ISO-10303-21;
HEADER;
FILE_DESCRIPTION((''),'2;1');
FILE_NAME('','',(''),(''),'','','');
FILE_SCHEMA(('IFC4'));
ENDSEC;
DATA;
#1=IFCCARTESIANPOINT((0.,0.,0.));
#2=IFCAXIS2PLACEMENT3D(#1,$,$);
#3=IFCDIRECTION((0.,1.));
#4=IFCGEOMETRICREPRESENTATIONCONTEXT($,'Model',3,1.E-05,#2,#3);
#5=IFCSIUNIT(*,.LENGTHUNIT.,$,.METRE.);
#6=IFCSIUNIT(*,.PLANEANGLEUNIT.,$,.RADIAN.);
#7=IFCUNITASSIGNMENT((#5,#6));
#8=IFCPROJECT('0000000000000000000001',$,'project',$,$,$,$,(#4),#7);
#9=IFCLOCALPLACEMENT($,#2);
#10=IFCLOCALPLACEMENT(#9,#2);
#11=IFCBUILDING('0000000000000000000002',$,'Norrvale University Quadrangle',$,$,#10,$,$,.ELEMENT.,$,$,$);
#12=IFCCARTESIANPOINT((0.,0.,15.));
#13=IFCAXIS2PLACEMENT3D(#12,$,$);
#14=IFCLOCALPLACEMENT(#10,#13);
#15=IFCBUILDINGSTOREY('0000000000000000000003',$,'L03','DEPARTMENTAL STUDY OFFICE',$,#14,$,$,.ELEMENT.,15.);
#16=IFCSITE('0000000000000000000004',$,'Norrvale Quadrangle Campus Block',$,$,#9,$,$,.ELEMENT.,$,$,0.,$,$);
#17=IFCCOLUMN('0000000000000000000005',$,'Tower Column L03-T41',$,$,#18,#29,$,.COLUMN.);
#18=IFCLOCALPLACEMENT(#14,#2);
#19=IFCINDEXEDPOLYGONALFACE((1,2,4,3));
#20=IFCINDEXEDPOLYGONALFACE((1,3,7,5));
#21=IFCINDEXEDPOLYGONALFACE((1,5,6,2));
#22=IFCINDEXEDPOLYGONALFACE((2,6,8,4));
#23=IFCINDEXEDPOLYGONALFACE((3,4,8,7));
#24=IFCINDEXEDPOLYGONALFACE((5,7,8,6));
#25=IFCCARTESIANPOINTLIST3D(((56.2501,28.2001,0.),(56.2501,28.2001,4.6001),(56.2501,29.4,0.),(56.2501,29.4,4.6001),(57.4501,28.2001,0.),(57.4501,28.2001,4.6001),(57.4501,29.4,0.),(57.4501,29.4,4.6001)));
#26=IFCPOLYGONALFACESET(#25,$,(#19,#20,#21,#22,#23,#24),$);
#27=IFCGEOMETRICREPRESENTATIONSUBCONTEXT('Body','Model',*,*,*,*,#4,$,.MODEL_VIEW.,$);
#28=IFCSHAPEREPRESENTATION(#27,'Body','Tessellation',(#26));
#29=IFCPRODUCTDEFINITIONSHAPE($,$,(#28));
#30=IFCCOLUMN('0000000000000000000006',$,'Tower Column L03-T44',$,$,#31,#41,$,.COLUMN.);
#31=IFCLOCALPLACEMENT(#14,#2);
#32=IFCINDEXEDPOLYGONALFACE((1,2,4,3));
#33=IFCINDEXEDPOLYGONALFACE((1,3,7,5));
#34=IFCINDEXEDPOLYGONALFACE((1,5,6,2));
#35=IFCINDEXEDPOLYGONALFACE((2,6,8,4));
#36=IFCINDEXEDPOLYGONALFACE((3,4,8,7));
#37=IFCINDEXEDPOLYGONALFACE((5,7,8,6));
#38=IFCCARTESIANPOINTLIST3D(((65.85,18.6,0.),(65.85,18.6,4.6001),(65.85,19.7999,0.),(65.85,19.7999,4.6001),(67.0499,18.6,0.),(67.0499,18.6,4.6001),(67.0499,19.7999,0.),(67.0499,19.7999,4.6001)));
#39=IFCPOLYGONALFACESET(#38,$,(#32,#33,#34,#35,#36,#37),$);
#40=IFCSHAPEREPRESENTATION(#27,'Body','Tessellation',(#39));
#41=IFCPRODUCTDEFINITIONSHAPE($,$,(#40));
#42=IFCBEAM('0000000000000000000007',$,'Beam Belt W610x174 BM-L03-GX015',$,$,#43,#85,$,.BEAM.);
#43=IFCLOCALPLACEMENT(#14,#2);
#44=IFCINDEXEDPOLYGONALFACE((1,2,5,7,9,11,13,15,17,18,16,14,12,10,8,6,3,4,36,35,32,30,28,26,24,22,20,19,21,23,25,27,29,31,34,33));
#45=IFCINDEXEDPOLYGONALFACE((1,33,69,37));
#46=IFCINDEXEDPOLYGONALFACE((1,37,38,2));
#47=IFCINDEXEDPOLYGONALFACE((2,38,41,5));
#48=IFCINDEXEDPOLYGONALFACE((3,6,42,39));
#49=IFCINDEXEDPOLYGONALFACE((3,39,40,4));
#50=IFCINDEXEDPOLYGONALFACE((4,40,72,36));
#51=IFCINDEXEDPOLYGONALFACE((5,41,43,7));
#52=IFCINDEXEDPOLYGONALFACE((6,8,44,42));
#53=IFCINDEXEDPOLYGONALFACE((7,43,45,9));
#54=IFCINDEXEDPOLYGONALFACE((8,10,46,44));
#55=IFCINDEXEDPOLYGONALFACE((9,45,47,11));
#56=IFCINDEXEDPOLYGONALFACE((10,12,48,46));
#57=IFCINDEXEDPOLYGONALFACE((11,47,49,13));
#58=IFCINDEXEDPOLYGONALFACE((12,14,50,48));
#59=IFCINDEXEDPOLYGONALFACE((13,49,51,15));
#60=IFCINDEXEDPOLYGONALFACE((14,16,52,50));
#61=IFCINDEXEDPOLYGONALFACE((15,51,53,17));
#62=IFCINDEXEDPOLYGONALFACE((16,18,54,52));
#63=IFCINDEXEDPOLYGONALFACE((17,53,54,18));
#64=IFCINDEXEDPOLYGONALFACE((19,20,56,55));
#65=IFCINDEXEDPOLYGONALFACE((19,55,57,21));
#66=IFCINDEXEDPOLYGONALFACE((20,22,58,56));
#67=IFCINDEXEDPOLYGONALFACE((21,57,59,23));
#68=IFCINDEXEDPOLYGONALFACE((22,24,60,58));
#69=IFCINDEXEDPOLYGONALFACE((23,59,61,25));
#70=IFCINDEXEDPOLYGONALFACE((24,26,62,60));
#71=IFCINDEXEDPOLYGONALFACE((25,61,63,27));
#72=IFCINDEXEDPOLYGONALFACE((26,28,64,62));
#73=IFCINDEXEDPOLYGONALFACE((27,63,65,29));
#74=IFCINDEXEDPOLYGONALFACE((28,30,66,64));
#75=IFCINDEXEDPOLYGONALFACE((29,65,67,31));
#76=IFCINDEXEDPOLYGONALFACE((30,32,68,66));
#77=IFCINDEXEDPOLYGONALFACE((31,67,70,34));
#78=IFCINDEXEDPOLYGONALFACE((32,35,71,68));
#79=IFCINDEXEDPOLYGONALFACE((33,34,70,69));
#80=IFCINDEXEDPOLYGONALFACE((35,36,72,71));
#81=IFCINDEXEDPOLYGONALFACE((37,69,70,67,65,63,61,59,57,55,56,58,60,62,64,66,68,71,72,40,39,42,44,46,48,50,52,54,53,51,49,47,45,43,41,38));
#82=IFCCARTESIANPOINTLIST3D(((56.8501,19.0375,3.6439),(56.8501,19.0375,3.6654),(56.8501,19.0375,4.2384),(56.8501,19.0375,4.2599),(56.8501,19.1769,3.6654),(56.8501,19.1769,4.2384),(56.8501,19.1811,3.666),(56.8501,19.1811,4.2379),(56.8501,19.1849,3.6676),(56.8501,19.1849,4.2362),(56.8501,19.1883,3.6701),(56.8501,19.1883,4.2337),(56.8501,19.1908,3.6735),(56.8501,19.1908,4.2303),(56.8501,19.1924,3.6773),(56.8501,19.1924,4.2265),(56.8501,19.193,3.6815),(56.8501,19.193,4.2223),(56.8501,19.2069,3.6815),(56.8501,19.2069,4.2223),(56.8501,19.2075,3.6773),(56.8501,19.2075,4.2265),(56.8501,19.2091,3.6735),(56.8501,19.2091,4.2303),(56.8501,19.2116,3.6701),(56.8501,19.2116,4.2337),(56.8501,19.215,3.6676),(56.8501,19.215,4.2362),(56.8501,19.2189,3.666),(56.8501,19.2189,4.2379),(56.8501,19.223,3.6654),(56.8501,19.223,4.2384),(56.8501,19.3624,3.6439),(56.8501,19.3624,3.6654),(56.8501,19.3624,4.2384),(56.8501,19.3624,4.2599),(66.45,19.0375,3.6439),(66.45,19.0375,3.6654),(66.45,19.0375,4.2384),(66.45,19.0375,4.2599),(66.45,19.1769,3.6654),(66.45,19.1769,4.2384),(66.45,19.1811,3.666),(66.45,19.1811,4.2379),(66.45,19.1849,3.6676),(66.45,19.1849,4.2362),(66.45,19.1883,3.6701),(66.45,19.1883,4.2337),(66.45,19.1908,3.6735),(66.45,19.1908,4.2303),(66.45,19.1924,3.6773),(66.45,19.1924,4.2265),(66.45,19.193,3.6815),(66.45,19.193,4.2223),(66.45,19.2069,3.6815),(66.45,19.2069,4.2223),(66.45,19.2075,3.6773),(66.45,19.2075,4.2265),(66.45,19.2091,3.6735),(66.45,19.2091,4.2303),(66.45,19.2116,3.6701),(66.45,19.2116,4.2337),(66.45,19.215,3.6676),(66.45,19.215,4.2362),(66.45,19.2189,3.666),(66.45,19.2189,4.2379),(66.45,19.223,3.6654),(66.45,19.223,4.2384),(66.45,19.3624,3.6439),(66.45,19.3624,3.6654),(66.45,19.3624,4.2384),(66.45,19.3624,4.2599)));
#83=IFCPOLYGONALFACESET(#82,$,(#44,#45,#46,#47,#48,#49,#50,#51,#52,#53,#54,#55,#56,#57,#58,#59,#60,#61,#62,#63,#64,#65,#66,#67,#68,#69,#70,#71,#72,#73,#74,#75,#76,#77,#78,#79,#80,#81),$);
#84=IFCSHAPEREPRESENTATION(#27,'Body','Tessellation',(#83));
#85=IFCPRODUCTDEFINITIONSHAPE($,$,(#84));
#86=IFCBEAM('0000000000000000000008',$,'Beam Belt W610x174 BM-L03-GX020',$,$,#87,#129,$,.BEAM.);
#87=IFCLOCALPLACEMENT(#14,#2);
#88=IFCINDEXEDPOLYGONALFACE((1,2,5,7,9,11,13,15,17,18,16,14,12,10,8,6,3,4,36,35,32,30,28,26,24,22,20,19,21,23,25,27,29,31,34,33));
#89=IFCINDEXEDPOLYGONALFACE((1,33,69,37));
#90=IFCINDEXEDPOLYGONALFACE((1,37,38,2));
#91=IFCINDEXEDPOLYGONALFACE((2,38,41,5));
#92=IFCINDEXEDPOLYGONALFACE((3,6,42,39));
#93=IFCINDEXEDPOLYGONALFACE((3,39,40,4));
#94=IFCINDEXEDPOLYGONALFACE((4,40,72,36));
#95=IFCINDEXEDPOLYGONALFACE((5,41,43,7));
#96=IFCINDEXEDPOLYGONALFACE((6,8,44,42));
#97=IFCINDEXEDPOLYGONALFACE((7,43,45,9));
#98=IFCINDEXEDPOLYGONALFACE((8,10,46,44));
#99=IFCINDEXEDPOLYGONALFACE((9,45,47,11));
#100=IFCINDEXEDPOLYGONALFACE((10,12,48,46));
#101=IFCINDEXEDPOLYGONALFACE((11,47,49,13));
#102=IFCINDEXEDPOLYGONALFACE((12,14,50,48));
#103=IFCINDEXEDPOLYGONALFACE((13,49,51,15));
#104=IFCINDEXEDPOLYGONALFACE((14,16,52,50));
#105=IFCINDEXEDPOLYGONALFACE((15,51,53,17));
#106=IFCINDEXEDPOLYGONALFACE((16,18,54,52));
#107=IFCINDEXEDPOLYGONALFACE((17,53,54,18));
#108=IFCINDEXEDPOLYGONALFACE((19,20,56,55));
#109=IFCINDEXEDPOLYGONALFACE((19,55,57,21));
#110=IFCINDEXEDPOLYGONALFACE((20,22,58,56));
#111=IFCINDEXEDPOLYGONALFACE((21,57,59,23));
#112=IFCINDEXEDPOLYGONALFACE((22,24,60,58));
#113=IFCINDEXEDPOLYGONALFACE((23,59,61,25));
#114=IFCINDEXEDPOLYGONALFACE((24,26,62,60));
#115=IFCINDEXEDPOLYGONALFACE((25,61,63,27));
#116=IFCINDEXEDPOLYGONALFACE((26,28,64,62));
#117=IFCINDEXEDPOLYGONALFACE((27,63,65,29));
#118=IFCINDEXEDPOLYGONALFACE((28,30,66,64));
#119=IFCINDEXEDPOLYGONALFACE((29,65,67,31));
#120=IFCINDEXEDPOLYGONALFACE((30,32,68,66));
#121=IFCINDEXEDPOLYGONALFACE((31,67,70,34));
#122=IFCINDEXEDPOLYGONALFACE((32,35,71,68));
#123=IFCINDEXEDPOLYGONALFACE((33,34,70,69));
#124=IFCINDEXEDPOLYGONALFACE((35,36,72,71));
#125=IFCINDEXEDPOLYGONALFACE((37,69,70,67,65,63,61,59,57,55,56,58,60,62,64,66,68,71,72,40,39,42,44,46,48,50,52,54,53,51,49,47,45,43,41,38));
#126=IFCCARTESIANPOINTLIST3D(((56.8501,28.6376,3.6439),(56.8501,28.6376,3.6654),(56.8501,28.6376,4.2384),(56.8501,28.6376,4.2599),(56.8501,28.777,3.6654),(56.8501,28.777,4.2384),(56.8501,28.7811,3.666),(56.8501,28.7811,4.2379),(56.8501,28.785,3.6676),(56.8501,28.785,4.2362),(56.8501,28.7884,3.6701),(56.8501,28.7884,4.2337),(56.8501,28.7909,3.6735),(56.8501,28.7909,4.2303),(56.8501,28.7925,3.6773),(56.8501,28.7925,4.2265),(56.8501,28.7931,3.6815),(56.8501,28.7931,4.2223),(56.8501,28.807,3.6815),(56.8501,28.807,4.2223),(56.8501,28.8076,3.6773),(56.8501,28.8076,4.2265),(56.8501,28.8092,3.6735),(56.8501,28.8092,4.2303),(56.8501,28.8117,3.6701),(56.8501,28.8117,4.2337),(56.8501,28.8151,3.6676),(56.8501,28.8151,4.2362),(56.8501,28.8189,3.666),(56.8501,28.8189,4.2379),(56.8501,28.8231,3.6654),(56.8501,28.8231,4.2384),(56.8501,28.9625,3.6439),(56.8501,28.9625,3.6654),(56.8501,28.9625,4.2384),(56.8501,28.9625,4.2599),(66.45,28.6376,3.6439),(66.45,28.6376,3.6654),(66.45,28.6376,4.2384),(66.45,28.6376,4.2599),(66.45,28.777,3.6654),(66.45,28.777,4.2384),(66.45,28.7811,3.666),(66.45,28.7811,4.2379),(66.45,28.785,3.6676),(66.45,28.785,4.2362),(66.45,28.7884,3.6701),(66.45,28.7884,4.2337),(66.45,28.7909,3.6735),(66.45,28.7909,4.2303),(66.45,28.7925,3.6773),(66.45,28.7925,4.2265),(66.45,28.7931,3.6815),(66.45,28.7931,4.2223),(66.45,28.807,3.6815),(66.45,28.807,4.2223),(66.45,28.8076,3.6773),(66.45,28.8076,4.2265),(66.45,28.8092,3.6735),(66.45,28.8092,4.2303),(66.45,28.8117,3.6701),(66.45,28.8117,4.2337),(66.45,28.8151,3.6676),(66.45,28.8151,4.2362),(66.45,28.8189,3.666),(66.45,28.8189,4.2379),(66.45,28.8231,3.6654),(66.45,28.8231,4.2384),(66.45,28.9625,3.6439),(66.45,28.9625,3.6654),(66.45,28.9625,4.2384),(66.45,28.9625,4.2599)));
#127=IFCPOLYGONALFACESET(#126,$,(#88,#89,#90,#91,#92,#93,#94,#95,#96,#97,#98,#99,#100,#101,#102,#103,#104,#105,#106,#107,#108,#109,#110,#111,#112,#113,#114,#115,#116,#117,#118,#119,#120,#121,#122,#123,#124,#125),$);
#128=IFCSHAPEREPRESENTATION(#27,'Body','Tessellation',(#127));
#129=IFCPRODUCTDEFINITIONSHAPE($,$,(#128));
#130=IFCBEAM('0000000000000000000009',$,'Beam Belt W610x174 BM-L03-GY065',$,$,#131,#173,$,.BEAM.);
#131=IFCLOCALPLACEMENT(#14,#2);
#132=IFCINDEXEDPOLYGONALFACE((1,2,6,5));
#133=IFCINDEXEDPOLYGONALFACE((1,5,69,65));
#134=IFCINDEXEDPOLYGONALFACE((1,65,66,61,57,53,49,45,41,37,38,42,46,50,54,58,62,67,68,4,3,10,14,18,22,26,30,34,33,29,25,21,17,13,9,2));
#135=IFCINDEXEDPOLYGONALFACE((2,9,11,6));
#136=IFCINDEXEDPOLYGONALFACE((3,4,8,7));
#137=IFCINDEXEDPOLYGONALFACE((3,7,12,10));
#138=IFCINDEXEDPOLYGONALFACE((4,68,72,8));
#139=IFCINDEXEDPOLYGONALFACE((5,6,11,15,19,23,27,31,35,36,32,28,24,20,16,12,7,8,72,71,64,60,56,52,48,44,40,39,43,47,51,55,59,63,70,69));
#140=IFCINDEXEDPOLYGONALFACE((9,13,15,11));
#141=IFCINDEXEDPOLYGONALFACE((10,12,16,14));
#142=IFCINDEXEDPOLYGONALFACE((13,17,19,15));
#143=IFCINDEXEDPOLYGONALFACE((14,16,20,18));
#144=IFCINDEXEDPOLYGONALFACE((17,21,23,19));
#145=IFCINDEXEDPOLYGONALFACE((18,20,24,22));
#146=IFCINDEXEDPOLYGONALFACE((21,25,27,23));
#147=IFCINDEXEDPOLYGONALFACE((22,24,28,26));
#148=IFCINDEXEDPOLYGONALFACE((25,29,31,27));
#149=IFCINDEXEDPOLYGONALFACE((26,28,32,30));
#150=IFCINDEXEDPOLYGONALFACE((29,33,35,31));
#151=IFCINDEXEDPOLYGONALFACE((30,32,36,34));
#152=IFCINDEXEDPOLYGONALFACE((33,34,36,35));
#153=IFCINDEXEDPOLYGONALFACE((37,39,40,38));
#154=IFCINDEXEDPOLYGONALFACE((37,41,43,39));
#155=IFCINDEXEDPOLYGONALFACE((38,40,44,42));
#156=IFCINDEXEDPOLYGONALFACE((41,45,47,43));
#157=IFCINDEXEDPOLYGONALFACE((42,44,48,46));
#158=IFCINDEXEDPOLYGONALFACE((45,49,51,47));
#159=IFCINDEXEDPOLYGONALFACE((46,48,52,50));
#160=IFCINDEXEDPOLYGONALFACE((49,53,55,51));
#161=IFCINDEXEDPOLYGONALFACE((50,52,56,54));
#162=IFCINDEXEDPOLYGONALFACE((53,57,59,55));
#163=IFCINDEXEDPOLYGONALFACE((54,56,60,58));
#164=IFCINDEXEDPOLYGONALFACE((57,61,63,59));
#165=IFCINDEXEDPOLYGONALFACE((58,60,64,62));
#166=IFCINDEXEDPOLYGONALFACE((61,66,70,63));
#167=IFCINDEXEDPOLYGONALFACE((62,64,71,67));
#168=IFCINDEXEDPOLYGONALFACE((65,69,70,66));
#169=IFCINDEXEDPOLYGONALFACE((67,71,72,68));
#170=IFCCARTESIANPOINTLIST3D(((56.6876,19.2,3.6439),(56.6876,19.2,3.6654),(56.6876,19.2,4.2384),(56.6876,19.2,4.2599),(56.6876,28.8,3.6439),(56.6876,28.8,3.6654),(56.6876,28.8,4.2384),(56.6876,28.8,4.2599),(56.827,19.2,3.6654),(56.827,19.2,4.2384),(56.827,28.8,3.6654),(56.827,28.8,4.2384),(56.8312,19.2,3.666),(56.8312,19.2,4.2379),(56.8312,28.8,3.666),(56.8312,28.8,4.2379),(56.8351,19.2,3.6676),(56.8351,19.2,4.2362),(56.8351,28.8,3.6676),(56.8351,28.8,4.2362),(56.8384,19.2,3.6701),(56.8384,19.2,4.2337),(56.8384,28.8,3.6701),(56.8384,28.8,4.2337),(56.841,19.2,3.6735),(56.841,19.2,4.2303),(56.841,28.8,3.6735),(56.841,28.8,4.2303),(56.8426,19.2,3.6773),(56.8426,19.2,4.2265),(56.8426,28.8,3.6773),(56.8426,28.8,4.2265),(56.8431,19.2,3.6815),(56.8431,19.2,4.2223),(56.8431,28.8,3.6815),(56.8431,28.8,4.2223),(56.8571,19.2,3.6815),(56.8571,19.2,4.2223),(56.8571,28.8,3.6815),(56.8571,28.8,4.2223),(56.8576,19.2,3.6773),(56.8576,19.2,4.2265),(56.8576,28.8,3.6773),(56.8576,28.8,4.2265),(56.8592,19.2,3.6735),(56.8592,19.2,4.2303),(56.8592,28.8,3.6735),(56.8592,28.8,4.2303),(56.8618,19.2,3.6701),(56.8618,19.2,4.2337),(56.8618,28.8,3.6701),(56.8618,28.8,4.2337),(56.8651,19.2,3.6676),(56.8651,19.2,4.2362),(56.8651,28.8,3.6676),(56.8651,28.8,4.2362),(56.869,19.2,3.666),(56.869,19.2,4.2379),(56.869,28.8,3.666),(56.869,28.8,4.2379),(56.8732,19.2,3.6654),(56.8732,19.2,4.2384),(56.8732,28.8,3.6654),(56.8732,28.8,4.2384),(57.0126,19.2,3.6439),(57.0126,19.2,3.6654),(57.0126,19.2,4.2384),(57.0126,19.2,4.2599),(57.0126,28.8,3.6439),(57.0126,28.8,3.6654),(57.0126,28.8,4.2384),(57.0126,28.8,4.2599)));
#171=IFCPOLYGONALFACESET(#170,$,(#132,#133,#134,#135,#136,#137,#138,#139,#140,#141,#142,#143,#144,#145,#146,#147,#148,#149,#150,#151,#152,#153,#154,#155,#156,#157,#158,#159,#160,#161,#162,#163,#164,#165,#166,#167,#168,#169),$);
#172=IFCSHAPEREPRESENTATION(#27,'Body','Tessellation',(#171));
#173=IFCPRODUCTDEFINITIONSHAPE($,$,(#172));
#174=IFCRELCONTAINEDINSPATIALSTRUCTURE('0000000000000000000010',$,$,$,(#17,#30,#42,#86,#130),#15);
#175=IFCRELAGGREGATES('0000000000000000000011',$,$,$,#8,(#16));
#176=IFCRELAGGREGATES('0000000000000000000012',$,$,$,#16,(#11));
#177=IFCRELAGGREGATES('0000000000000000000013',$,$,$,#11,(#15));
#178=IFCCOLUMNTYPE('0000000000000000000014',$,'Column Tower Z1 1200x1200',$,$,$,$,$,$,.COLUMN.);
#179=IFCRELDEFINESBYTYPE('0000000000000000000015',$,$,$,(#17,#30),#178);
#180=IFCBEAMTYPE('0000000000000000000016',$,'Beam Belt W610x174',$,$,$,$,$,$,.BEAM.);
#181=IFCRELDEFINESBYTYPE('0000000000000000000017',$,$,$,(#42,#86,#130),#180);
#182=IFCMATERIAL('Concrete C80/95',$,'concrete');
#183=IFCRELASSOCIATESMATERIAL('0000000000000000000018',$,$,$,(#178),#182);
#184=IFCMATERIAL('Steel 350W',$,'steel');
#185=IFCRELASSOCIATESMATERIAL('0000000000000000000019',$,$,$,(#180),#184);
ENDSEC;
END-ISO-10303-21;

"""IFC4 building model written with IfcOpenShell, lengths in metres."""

from ifc_helpers import new_model, si_unit, direction, frame, origin, origin_2d, place, context, subcontext, project, spatial, rectangle, i_section, extrude, material, material_profile, profile_set, type_object, element, save


model = new_model("IFC4")

# Units and contexts
model_context = context("Model", 3, precision=1e-05, world=origin(), true_north=direction((0.0, 1.0)))
body_context = subcontext(model_context, "Body", "Model", "MODEL_VIEW")
ifc_project = project(units=[si_unit("LENGTHUNIT", "METRE"), si_unit("PLANEANGLEUNIT", "RADIAN")], contexts=[model_context])

# Site, building, storey
site_placement = place(None, origin())
site = spatial("IfcSite", under=ifc_project, at=site_placement, Name="Norrvale Quadrangle Campus Block", CompositionType="ELEMENT", RefElevation=0.0)
building_placement = place(site_placement, origin())
building = spatial("IfcBuilding", under=site, at=building_placement, Name="Norrvale University Quadrangle", CompositionType="ELEMENT")
storey_placement = place(building_placement, frame((0.0, 0.0, 15.0)))
storey = spatial("IfcBuildingStorey", under=building, at=storey_placement, Name="L03", Description="DEPARTMENTAL STUDY OFFICE", CompositionType="ELEMENT", Elevation=15.0)

# Columns
ifc_material_1 = material(Name="Concrete C80/95", Category="concrete")
ifc_material_profile_1 = material_profile(ifc_material_1, rectangle(XDim=1.2, YDim=1.2, at=origin_2d()), Name="Concrete C80/95")
ifc_profile_set_1 = profile_set([ifc_material_profile_1], Name="Concrete C80/95")
column_type = type_object("IfcColumnType", Name="Column Tower Z1 1200x1200", PredefinedType="COLUMN", material=ifc_profile_set_1)
for number, where, z_axis, x_axis, name in (
    (1, (56.8501, 28.8, 0.0), (0.0, 0.0, 1.0), (1.0, 0.0, 0.0), "Tower Column L03-T41"),
    (2, (66.45, 19.2, 0.0), (0.0, 0.0, 1.0), (1.0, 0.0, 0.0), "Tower Column L03-T44"),
):
    element("IfcColumn", number, at=place(storey_placement, frame(where, z_axis=z_axis, x_axis=x_axis)), inside=storey, type_object=column_type, Name=name, PredefinedType="COLUMN", context=body_context, shape_type="SweptSolid", body=[
        extrude(rectangle(XDim=1.2, YDim=1.2, at=origin_2d()), origin(), (0.0, 0.0, 1.0), 4.6001),
    ])

# Beams
ifc_material_2 = material(Name="Steel 350W", Category="steel")
ifc_material_profile_2 = material_profile(ifc_material_2, i_section(OverallWidth=0.325, OverallDepth=0.616, WebThickness=0.0139, FlangeThickness=0.0215, FilletRadius=0.0161, at=origin_2d()), Name="Steel 350W")
ifc_profile_set_2 = profile_set([ifc_material_profile_2], Name="Steel 350W")
beam_type_1 = type_object("IfcBeamType", Name="Beam Belt W610x174", PredefinedType="BEAM", material=ifc_profile_set_2)
for number, where, z_axis, x_axis, name in (
    (3, (56.8501, 19.2, 3.9519), (1.0, 0.0, 0.0), (0.0, 1.0, 0.0), "Beam Belt W610x174 BM-L03-GX015"),
    (4, (56.8501, 28.8, 3.9519), (1.0, 0.0, 0.0), (0.0, 1.0, 0.0), "Beam Belt W610x174 BM-L03-GX020"),
):
    element("IfcBeam", number, at=place(storey_placement, frame(where, z_axis=z_axis, x_axis=x_axis)), inside=storey, type_object=beam_type_1, Name=name, PredefinedType="BEAM", context=body_context, shape_type="SweptSolid", body=[
        extrude(i_section(OverallWidth=0.325, OverallDepth=0.616, WebThickness=0.0139, FlangeThickness=0.0215, FilletRadius=0.0161, at=origin_2d()), origin(), (0.0, 0.0, 1.0), 9.5999),
    ])
beam_1_placement = place(storey_placement, frame((56.8501, 19.2, 3.9519), z_axis=(0.0, 1.0, 0.0), x_axis=(-1.0, 0.0, 0.0)))
element("IfcBeam", 5, at=beam_1_placement, inside=storey, type_object=beam_type_1, Name="Beam Belt W610x174 BM-L03-GY065", PredefinedType="BEAM", context=body_context, shape_type="SweptSolid", body=[
    extrude(i_section(OverallWidth=0.325, OverallDepth=0.616, WebThickness=0.0139, FlangeThickness=0.0215, FilletRadius=0.0161, at=origin_2d()), origin(), (0.0, 0.0, 1.0), 9.6001),
])

save(model, "model.ifc")
